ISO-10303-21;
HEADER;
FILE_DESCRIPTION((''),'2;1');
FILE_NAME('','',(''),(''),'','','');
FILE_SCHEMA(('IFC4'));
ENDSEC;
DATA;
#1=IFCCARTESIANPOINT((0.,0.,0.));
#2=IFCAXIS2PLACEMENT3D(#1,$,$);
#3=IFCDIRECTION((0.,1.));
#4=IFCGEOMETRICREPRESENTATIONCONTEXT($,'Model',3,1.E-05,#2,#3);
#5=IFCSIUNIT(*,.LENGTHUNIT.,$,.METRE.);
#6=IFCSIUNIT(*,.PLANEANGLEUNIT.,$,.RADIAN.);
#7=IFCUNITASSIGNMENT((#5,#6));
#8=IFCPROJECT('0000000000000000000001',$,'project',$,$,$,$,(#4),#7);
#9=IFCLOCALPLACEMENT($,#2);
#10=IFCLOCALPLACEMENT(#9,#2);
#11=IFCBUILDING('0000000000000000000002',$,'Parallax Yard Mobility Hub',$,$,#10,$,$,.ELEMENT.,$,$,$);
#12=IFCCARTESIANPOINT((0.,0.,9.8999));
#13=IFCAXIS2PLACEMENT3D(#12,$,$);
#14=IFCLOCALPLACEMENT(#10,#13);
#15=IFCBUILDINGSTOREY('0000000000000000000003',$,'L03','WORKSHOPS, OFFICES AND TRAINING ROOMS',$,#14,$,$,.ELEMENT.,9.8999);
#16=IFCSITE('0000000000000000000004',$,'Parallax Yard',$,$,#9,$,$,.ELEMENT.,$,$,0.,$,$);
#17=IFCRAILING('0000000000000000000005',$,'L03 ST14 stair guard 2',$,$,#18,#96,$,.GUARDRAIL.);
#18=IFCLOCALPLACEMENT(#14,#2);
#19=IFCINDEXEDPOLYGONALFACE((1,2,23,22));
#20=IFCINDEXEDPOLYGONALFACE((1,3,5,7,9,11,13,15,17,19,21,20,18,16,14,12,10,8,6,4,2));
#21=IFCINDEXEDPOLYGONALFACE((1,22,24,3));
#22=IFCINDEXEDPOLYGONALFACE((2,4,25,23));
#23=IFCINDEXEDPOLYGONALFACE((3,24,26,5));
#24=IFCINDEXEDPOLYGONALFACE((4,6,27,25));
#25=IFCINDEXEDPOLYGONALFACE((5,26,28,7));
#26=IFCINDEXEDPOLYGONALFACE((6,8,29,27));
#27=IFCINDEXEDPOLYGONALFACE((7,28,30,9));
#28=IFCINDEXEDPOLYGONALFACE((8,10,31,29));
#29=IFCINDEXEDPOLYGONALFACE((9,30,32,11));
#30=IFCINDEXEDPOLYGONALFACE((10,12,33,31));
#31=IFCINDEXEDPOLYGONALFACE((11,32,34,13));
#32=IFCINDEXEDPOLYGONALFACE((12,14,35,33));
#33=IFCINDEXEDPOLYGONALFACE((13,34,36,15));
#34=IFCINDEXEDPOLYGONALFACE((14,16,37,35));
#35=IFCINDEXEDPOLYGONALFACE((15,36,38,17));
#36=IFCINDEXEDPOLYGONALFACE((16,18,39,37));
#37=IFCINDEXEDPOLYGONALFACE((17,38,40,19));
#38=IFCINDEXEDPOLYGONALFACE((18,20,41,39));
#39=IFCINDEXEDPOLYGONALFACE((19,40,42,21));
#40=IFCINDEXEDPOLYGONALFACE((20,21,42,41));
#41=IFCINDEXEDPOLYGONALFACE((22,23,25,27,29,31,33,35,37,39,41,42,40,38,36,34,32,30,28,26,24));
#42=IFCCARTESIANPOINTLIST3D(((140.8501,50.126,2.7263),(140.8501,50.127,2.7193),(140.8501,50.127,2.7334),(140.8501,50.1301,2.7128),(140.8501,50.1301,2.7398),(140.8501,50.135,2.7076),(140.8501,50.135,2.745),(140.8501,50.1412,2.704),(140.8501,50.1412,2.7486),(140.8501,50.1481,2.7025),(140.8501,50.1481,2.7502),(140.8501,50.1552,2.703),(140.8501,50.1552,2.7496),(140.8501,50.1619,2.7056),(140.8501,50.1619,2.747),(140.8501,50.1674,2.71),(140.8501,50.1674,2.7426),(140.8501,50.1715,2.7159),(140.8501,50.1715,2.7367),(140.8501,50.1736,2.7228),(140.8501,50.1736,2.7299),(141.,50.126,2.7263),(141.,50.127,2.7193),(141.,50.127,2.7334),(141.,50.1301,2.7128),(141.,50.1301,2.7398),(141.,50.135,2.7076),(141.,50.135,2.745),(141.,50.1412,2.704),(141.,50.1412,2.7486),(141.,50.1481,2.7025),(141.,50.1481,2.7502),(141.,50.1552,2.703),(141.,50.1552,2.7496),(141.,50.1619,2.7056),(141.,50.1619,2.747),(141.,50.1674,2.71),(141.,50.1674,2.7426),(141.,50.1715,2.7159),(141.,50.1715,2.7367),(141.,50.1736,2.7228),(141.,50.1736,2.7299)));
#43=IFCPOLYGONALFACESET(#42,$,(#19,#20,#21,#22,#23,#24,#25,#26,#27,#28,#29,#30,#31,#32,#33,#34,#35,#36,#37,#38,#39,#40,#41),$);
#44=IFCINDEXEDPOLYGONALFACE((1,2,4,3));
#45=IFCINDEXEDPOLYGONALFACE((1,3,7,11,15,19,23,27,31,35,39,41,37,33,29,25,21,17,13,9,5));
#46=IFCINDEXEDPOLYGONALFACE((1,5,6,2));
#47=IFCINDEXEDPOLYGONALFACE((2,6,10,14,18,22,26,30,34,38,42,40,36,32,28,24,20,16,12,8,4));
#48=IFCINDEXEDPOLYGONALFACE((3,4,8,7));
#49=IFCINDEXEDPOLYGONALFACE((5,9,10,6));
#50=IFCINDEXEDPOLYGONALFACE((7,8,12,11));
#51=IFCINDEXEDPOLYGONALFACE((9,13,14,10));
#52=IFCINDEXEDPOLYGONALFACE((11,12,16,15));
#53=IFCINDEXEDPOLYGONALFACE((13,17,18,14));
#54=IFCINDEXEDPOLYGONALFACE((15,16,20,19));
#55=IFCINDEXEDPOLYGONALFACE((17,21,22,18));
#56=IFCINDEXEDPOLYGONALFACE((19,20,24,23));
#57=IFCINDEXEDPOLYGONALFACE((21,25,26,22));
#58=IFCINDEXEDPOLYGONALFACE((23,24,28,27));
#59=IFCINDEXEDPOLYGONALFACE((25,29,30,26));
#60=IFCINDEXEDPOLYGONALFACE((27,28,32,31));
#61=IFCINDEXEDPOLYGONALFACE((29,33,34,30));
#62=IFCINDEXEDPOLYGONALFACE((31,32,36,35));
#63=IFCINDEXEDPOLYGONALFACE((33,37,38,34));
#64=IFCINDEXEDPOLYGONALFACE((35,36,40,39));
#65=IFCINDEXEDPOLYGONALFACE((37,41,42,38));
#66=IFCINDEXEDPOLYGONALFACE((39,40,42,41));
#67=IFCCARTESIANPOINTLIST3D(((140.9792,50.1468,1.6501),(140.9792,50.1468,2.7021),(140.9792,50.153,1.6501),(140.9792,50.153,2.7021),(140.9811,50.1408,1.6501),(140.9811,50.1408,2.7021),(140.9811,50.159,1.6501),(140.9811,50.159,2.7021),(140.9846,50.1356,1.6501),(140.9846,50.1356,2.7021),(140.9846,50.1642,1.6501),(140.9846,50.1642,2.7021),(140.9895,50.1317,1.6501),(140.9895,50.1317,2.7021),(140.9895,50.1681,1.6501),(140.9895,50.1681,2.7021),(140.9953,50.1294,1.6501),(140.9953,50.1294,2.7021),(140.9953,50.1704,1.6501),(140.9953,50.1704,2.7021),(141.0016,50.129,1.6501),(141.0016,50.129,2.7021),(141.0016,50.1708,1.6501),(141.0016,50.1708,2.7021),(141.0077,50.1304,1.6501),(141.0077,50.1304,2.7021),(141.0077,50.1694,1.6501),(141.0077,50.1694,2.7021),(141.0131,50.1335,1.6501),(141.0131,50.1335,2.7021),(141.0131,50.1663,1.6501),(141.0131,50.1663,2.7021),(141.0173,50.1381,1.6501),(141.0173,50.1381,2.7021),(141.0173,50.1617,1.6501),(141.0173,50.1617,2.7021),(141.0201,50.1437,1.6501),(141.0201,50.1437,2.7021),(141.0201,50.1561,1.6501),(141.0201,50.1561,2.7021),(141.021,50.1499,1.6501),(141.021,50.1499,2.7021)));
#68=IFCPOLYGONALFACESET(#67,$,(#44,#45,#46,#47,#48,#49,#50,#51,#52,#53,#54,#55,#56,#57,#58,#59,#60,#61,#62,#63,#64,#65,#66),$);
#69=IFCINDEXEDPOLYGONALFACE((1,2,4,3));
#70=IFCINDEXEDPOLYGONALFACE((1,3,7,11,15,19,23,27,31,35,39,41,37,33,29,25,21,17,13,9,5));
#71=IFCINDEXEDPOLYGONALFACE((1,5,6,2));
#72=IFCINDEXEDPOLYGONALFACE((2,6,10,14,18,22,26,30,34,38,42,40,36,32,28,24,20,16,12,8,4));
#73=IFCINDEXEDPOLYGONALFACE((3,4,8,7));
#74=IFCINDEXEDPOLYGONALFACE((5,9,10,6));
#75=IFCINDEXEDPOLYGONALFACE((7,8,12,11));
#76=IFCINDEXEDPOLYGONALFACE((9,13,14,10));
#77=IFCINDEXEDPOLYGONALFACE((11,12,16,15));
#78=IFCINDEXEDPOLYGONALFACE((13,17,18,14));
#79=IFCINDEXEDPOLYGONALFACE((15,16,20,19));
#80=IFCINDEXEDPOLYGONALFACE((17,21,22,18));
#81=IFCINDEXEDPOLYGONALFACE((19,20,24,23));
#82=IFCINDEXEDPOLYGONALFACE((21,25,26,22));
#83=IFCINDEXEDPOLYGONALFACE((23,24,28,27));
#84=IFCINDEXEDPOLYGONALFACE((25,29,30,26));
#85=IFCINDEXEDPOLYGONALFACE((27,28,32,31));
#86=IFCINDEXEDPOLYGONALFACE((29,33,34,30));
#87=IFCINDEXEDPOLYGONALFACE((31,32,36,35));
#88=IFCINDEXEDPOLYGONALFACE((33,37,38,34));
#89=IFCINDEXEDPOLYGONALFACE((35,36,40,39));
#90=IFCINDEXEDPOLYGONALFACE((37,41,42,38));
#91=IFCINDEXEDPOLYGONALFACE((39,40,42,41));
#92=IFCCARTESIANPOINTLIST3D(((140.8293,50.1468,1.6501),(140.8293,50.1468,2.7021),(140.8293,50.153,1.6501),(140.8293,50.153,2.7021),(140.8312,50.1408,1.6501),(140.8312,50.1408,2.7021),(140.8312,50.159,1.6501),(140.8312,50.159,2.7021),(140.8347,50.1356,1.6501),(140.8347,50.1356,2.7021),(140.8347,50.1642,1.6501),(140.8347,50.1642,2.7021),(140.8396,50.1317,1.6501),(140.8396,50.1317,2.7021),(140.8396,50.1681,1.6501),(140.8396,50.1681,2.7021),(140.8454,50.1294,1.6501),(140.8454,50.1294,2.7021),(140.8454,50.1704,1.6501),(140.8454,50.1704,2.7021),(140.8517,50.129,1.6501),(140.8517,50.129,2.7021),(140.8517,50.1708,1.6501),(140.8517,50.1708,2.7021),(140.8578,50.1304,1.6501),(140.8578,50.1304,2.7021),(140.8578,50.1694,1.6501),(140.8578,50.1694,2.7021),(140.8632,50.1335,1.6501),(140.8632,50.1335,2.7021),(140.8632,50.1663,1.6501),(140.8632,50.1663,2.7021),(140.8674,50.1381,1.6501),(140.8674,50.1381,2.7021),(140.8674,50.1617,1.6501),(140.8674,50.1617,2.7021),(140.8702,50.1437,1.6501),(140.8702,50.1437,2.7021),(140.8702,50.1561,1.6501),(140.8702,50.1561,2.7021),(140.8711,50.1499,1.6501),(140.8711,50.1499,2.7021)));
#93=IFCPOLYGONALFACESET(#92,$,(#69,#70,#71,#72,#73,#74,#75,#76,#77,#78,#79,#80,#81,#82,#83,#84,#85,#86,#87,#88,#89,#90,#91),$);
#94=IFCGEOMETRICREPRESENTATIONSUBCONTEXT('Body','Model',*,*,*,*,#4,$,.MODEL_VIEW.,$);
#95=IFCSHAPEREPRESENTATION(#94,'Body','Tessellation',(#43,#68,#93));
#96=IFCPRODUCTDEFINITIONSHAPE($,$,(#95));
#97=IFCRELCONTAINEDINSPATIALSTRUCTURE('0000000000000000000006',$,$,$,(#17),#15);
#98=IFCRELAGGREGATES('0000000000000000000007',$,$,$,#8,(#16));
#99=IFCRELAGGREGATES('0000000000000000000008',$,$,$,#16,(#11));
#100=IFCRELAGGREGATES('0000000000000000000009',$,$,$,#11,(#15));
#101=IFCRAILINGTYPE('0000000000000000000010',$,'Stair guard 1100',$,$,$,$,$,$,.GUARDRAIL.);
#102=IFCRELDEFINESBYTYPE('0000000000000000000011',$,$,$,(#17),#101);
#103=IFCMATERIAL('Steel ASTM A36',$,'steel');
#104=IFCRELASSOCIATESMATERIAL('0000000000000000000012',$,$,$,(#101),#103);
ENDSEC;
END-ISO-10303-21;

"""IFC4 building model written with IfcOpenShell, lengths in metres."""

from ifc_helpers import new_model, si_unit, direction, frame, origin, origin_2d, place, context, subcontext, project, spatial, circle, extrude, material, type_object, element, save


model = new_model("IFC4")

# Units and contexts
model_context = context("Model", 3, precision=1e-05, world=origin(), true_north=direction((0.0, 1.0)))
body_context = subcontext(model_context, "Body", "Model", "MODEL_VIEW")
ifc_project = project(units=[si_unit("LENGTHUNIT", "METRE"), si_unit("PLANEANGLEUNIT", "RADIAN")], contexts=[model_context])

# Site, building, storey
site_placement = place(None, origin())
site = spatial("IfcSite", under=ifc_project, at=site_placement, Name="Parallax Yard", CompositionType="ELEMENT", RefElevation=0.0)
building_placement = place(site_placement, origin())
building = spatial("IfcBuilding", under=site, at=building_placement, Name="Parallax Yard Mobility Hub", CompositionType="ELEMENT")
storey_placement = place(building_placement, frame((0.0, 0.0, 9.8999)))
storey = spatial("IfcBuildingStorey", under=building, at=storey_placement, Name="L03", Description="WORKSHOPS, OFFICES AND TRAINING ROOMS", CompositionType="ELEMENT", Elevation=9.8999)

# Railing
ifc_material_1 = material(Name="Steel ASTM A36", Category="steel")
railing_type_1 = type_object("IfcRailingType", Name="Stair guard 1100", PredefinedType="GUARDRAIL", material=ifc_material_1)
railing_1_placement = place(storey_placement, frame((141.0, 50.1499, 1.6501)))
element("IfcRailing", 1, at=railing_1_placement, inside=storey, type_object=railing_type_1, Name="L03 ST14 stair guard 2", PredefinedType="GUARDRAIL", context=body_context, shape_type="SweptSolid", body=[
    extrude(circle(Radius=0.0239, at=origin_2d()), frame((0.0, 0.0, 1.0762), z_axis=(-1.0, 0.0, 0.0), x_axis=(0.0, -1.0, 0.0)), (0.0, 0.0, 1.0), 0.1499),
    extrude(circle(Radius=0.021, at=origin_2d()), origin(), (0.0, 0.0, 1.0), 1.052),
    extrude(circle(Radius=0.021, at=origin_2d()), frame((-0.1499, 0.0, 0.0)), (0.0, 0.0, 1.0), 1.052),
])

save(model, "model.ifc")
